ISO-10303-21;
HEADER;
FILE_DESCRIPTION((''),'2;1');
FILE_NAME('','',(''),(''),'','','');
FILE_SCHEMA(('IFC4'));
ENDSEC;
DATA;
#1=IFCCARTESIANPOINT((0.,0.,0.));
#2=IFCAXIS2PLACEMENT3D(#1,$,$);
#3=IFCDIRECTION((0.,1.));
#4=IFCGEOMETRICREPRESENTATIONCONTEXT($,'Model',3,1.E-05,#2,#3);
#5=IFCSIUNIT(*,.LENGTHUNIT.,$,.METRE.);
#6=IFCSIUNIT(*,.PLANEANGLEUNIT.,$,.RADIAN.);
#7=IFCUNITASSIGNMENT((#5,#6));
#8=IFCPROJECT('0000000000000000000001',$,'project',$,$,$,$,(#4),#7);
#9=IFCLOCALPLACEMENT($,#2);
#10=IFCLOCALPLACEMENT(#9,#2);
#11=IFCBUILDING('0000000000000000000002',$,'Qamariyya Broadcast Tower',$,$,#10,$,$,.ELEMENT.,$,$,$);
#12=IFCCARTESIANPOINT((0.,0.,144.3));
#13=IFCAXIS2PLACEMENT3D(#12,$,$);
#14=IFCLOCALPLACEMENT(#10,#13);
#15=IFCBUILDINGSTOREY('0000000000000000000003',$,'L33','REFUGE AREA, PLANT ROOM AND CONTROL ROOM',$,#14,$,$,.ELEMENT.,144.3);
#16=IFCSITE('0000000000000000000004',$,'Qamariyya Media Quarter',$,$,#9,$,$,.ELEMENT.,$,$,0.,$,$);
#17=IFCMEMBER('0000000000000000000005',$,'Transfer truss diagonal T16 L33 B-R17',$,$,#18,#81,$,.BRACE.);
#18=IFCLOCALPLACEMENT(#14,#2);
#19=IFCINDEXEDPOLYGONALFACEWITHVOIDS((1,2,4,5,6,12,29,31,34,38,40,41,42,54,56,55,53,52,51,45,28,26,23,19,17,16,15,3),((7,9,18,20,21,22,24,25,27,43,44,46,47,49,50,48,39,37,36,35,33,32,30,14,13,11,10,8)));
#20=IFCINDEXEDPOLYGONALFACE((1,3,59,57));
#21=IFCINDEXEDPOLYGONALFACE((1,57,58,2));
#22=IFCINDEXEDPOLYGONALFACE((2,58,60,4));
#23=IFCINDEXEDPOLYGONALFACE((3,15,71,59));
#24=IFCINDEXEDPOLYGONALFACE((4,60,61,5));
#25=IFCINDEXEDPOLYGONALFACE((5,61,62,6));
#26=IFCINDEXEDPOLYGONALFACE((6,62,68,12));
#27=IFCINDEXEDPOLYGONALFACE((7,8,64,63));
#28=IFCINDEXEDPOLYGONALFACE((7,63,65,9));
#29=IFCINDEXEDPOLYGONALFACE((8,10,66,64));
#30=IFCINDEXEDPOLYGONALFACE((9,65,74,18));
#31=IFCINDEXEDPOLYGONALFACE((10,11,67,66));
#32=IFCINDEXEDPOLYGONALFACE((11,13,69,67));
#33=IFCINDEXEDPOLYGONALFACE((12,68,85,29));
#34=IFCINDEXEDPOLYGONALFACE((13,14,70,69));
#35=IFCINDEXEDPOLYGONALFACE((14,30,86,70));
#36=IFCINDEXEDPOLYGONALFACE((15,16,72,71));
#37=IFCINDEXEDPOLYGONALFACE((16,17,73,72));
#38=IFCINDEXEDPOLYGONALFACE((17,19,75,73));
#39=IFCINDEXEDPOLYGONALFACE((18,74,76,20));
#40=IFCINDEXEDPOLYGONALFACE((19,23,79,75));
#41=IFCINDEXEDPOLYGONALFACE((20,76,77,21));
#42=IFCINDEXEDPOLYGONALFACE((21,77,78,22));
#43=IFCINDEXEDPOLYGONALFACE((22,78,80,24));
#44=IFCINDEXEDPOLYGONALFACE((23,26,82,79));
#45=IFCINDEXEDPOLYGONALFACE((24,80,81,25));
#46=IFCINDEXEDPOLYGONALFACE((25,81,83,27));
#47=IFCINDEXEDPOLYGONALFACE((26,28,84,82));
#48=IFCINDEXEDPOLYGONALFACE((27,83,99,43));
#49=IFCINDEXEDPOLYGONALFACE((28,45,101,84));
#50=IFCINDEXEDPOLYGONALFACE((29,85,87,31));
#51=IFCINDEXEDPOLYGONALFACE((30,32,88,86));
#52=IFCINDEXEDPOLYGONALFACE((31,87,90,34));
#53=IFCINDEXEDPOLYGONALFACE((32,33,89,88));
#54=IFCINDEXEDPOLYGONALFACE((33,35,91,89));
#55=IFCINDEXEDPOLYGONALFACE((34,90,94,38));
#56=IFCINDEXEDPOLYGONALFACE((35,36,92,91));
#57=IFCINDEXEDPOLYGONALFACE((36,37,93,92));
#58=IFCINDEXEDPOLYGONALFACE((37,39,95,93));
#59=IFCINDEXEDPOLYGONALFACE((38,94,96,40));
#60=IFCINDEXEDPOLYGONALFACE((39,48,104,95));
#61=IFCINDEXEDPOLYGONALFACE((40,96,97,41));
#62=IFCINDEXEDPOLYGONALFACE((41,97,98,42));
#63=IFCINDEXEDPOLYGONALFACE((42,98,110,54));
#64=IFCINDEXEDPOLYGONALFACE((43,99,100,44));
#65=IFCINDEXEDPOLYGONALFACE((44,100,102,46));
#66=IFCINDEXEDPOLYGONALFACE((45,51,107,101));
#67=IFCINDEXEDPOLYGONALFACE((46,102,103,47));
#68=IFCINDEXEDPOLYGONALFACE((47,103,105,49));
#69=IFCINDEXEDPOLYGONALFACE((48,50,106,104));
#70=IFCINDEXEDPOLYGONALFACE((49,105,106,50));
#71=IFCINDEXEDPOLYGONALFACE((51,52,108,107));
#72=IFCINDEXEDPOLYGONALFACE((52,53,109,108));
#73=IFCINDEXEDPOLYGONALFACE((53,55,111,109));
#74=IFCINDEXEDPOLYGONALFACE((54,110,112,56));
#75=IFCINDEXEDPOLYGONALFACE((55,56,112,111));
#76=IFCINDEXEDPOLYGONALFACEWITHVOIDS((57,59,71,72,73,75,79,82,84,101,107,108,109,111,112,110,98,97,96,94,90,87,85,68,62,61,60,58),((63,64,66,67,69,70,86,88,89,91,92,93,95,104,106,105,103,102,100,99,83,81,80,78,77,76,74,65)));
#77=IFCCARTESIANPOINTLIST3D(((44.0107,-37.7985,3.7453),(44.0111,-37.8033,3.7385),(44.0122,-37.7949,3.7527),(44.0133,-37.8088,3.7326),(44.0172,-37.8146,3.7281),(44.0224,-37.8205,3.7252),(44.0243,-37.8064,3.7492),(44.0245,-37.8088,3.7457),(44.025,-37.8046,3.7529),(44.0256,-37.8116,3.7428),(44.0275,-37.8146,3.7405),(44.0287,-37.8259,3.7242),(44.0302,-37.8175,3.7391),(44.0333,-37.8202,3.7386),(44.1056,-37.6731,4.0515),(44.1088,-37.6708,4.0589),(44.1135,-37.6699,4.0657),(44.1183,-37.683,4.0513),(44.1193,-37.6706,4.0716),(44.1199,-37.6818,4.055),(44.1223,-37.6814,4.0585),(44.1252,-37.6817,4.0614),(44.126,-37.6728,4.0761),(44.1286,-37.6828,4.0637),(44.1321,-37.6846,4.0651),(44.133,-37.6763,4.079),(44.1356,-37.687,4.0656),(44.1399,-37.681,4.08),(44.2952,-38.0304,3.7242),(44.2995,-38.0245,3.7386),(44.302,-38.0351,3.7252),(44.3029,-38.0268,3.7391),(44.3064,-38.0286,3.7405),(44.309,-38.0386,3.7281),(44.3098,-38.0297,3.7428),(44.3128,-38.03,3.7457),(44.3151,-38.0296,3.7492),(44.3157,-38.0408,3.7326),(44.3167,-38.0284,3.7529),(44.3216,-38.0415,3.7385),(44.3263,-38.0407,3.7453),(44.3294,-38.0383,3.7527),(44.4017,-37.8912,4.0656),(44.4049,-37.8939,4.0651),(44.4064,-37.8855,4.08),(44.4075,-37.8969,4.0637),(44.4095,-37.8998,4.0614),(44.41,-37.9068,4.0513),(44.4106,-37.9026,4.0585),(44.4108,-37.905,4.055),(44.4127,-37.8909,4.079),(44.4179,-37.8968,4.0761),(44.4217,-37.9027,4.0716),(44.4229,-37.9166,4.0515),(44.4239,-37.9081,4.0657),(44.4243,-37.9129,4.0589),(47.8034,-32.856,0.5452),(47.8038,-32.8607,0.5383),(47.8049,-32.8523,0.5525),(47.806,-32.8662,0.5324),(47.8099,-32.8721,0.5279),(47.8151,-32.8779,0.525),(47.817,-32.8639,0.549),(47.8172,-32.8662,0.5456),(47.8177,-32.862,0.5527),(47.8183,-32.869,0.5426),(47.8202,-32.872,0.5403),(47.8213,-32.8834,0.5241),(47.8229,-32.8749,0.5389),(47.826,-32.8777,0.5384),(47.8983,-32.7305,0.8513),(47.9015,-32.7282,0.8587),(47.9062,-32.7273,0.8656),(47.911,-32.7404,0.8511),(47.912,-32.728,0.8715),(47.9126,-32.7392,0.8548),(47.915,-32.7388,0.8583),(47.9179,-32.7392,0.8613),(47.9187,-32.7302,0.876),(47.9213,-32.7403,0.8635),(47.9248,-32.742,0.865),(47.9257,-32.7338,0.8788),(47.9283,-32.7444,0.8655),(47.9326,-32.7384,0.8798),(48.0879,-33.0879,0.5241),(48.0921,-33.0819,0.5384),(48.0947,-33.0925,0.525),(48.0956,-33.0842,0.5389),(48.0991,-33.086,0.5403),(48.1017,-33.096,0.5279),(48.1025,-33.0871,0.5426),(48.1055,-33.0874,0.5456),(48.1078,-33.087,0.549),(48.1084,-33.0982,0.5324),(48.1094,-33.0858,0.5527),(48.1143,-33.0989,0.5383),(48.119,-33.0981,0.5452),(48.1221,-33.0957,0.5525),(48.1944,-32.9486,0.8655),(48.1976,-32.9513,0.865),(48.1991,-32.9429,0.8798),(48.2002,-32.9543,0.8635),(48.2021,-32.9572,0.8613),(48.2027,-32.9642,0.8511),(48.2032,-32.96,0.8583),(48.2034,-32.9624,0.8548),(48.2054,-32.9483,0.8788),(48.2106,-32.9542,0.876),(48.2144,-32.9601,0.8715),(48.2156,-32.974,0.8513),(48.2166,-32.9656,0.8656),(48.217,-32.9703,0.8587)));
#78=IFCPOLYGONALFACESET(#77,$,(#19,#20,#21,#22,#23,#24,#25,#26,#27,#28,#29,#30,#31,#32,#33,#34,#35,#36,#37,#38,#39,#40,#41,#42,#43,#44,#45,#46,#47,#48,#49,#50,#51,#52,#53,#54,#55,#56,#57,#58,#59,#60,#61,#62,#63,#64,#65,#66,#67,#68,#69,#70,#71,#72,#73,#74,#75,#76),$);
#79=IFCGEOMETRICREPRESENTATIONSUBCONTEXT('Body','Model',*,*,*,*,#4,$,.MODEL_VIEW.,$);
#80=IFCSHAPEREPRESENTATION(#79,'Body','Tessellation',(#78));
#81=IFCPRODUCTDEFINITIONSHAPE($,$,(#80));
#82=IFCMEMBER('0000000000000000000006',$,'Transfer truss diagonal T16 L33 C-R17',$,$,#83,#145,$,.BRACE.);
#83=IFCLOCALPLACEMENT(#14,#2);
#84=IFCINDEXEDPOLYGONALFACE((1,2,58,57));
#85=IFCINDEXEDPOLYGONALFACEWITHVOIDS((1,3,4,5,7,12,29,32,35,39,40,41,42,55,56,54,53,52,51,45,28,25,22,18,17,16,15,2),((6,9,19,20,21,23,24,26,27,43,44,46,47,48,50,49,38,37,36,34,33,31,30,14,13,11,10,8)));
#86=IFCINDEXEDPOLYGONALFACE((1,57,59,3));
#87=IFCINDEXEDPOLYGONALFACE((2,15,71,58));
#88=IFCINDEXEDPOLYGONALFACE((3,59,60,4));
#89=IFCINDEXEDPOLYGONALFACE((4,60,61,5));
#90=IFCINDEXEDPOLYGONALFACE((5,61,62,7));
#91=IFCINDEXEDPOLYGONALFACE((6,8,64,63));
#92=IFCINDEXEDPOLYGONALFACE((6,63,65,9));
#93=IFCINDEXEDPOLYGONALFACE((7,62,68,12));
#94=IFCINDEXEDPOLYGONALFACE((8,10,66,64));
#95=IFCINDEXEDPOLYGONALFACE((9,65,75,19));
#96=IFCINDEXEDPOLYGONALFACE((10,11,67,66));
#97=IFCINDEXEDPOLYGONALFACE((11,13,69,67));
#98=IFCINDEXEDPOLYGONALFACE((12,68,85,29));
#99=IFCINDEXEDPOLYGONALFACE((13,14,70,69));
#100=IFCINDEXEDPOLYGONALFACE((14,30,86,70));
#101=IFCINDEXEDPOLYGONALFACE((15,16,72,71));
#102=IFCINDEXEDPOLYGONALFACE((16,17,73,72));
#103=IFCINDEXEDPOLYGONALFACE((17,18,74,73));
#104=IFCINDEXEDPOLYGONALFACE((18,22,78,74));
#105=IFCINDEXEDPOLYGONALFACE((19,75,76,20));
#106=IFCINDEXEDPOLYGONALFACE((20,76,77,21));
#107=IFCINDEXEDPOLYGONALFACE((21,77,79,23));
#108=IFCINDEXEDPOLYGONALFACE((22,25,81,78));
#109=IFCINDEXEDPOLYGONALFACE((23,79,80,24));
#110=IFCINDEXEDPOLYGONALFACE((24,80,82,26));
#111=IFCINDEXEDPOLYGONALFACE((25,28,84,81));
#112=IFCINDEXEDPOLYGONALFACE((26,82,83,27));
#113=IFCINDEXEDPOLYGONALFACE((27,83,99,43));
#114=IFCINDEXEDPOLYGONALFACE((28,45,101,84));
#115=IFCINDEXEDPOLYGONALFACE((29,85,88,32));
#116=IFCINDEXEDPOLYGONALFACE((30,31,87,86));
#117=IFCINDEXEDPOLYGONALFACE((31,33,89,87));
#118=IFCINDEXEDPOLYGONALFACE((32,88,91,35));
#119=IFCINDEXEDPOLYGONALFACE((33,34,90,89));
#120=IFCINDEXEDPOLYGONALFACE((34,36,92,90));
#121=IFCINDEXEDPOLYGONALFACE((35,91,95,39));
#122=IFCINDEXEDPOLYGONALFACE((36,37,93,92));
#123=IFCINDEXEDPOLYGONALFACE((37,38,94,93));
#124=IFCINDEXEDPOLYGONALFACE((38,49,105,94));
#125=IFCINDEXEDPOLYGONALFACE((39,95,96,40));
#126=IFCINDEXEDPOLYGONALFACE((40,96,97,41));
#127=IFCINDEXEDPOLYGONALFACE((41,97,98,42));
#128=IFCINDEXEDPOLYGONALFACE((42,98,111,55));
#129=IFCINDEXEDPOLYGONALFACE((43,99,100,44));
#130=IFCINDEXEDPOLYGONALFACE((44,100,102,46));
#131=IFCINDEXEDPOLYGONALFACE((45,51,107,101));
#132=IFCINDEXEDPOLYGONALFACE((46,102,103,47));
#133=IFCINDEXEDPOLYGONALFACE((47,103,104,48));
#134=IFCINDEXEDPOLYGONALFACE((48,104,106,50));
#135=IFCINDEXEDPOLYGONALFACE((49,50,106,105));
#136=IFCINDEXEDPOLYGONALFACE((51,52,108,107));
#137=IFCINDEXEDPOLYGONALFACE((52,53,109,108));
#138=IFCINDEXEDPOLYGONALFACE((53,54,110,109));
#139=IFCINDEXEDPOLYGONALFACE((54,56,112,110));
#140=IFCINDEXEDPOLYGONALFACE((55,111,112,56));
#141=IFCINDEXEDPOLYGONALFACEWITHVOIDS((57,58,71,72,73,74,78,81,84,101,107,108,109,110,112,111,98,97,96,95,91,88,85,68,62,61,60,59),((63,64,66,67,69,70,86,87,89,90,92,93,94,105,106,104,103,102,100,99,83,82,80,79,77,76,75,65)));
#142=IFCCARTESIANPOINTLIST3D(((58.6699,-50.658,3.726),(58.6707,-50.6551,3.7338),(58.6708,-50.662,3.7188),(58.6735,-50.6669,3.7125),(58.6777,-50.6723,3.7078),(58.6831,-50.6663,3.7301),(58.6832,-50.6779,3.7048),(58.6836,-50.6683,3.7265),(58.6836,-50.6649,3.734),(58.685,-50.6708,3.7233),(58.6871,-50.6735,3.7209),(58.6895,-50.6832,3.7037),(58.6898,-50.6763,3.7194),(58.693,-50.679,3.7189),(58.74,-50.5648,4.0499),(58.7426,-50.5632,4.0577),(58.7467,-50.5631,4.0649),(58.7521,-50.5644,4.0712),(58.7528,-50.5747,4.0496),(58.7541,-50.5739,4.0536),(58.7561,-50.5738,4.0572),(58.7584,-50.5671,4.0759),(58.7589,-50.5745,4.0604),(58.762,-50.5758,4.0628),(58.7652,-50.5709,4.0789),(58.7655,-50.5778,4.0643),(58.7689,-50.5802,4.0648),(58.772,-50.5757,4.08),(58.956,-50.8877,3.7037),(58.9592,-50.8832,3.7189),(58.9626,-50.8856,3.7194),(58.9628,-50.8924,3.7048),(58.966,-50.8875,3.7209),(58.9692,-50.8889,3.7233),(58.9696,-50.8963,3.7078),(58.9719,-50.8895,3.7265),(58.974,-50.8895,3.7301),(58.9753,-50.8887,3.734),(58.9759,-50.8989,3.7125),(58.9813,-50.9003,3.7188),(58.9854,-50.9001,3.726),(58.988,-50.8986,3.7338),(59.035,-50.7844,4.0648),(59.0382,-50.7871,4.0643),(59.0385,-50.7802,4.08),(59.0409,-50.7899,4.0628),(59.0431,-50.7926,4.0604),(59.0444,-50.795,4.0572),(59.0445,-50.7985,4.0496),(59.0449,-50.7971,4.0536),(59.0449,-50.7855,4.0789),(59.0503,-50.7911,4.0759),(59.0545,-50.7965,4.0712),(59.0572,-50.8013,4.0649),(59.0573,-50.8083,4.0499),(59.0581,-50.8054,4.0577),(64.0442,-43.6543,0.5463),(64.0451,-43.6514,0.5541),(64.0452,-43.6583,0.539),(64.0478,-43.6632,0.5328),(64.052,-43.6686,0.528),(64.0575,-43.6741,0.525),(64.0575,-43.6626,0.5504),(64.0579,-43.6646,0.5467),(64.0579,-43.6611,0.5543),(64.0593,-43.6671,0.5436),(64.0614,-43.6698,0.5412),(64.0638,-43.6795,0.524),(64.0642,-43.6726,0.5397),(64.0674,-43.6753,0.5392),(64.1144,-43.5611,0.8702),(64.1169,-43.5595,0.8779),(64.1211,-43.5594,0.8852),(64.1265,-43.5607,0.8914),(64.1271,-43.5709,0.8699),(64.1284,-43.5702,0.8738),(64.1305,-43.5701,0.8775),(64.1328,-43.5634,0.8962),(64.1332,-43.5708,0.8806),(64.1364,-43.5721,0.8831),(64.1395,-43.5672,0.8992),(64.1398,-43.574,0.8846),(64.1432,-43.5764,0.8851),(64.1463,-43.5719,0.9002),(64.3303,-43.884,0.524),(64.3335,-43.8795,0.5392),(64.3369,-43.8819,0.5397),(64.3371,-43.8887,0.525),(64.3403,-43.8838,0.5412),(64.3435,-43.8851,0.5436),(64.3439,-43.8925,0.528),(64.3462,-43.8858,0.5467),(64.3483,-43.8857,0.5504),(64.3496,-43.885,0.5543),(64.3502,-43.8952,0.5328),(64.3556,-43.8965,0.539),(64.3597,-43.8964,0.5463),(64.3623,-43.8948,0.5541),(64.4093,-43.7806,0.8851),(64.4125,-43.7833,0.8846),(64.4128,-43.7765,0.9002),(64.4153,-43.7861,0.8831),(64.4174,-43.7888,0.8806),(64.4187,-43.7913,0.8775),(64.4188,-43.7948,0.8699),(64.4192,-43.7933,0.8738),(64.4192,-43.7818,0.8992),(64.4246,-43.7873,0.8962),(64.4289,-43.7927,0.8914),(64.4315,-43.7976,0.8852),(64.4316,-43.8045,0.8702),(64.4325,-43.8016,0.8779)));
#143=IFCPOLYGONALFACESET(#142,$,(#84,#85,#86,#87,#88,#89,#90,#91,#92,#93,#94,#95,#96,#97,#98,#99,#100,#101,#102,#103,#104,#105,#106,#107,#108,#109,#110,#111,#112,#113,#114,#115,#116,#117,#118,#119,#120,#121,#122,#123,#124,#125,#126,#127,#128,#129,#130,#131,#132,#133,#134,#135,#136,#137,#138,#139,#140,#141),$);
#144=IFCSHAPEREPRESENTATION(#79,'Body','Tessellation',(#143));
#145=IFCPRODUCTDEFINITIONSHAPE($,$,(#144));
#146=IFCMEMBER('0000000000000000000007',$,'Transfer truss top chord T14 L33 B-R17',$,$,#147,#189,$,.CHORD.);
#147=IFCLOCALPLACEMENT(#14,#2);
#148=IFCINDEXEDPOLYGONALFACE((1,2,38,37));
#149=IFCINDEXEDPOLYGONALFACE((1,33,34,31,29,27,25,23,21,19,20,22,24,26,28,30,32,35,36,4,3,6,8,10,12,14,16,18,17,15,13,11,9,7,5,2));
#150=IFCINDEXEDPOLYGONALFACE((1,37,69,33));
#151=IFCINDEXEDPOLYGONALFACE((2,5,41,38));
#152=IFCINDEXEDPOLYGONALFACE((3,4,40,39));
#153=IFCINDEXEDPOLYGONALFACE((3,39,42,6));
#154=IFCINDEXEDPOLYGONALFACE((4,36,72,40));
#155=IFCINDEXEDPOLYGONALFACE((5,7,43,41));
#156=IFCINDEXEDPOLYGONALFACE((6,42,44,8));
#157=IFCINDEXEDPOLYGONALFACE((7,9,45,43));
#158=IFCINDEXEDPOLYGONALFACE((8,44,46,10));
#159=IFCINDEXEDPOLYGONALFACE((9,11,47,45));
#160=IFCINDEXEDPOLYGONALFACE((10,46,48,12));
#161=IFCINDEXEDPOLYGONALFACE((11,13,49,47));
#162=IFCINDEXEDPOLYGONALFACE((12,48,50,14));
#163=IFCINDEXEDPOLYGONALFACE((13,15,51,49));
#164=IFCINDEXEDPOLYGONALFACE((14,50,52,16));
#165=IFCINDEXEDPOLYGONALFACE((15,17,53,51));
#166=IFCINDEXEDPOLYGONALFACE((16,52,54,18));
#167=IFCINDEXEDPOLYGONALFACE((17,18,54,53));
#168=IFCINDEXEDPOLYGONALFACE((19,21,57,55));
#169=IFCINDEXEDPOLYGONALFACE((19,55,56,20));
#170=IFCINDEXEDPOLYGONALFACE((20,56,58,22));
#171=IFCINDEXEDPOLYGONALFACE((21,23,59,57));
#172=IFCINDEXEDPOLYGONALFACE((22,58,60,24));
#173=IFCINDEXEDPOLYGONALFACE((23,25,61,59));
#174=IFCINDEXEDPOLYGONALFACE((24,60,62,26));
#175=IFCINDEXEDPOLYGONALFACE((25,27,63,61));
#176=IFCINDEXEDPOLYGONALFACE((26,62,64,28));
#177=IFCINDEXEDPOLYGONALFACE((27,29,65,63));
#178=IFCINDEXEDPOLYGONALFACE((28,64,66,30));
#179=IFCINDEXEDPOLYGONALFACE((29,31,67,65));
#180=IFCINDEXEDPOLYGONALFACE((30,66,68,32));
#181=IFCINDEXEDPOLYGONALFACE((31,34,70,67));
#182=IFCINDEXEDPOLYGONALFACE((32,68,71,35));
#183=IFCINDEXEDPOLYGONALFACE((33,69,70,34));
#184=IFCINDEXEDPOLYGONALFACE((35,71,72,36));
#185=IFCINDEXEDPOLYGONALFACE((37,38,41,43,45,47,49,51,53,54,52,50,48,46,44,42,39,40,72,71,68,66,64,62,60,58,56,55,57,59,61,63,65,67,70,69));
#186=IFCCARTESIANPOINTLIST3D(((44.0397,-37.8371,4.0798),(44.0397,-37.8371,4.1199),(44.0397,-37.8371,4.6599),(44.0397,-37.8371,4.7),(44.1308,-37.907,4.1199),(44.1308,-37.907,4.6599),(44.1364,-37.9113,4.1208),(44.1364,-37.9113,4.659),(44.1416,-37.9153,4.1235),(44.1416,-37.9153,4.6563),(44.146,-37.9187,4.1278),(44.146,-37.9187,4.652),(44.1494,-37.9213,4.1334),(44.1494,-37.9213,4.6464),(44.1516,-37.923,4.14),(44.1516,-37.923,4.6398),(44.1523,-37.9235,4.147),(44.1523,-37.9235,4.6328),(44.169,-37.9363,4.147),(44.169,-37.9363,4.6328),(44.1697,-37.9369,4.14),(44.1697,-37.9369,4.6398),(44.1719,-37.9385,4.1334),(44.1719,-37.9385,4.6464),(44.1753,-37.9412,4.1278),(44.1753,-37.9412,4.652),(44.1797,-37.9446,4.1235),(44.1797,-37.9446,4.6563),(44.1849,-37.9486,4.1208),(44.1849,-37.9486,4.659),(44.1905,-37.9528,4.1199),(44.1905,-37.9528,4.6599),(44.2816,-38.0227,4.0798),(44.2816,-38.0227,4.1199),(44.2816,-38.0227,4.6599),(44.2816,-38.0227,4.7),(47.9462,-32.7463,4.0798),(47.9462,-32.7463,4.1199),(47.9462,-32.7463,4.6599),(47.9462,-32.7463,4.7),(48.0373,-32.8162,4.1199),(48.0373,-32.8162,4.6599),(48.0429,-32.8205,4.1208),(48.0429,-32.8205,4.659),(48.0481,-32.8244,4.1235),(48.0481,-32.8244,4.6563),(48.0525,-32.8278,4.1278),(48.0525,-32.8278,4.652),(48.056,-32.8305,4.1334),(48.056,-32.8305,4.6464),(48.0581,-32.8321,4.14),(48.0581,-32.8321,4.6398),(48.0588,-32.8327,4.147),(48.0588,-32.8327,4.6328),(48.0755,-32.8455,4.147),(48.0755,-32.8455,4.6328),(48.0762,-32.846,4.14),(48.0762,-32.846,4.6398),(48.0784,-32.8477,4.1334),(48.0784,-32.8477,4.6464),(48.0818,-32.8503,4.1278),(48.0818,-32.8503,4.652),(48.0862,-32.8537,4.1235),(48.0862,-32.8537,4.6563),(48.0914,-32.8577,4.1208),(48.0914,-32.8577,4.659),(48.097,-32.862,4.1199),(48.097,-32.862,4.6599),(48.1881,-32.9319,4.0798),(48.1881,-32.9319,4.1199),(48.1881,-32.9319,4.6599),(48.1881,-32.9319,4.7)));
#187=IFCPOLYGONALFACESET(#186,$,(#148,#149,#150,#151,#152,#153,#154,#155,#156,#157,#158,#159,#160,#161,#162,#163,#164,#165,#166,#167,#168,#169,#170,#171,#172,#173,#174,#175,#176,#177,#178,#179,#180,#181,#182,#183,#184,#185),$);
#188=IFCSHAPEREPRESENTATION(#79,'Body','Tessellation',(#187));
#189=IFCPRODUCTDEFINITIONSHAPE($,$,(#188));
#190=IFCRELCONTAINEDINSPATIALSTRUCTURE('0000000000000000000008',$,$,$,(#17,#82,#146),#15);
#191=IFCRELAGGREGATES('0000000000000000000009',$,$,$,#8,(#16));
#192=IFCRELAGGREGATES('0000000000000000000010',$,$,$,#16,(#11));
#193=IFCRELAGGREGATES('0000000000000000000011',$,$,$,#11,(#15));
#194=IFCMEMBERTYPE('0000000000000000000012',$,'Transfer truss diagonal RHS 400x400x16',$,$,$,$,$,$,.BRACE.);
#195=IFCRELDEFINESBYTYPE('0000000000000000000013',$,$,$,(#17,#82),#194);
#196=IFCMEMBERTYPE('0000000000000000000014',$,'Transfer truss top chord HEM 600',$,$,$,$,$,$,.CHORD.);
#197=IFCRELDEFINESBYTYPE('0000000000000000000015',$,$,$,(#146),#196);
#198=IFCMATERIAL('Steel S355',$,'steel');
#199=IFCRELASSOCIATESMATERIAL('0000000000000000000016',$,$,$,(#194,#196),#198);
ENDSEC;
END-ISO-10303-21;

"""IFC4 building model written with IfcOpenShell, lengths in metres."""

from ifc_helpers import new_model, si_unit, direction, frame, origin, origin_2d, place, context, subcontext, project, spatial, hollow_rectangle, i_section, extrude, material, material_profile, profile_set, type_object, element, save


model = new_model("IFC4")

# Units and contexts
model_context = context("Model", 3, precision=1e-05, world=origin(), true_north=direction((0.0, 1.0)))
body_context = subcontext(model_context, "Body", "Model", "MODEL_VIEW")
ifc_project = project(units=[si_unit("LENGTHUNIT", "METRE"), si_unit("PLANEANGLEUNIT", "RADIAN")], contexts=[model_context])

# Site, building, storey
site_placement = place(None, origin())
site = spatial("IfcSite", under=ifc_project, at=site_placement, Name="Qamariyya Media Quarter", CompositionType="ELEMENT", RefElevation=0.0)
building_placement = place(site_placement, origin())
building = spatial("IfcBuilding", under=site, at=building_placement, Name="Qamariyya Broadcast Tower", CompositionType="ELEMENT")
storey_placement = place(building_placement, frame((0.0, 0.0, 144.3)))
storey = spatial("IfcBuildingStorey", under=building, at=storey_placement, Name="L33", Description="REFUGE AREA, PLANT ROOM AND CONTROL ROOM", CompositionType="ELEMENT", Elevation=144.3)

# Members
ifc_material_1 = material(Name="Steel S355", Category="steel")
ifc_material_profile_1 = material_profile(ifc_material_1, hollow_rectangle(XDim=0.3999, YDim=0.3999, WallThickness=0.0161, InnerFilletRadius=0.0161, OuterFilletRadius=0.032, at=origin_2d()))
ifc_profile_set_1 = profile_set([ifc_material_profile_1], Name="Steel S355")
member_type_1 = type_object("IfcMemberType", Name="Transfer truss diagonal RHS 400x400x16", PredefinedType="BRACE", material=ifc_profile_set_1)
member_1_placement = place(storey_placement, frame((44.2175, -37.8557, 3.9021), z_axis=(0.541511, 0.70569, -0.456912), x_axis=(-0.793345, 0.608773, 0.0)))
element("IfcMember", 1, at=member_1_placement, inside=storey, type_object=member_type_1, Name="Transfer truss diagonal T16 L33 B-R17", PredefinedType="BRACE", context=body_context, shape_type="SweptSolid", body=[
    extrude(hollow_rectangle(XDim=0.3999, YDim=0.3999, WallThickness=0.0161, InnerFilletRadius=0.0161, OuterFilletRadius=0.032, at=origin_2d()), origin(), (0.0, 0.0, 1.0), 7.0039),
])
member_2_placement = place(storey_placement, frame((58.864, -50.7317, 3.8918), z_axis=(0.572754, 0.746404, -0.33887), x_axis=(-0.793344, 0.608773, 0.0)))
element("IfcMember", 2, at=member_2_placement, inside=storey, type_object=member_type_1, Name="Transfer truss diagonal T16 L33 C-R17", PredefinedType="BRACE", context=body_context, shape_type="SweptSolid", body=[
    extrude(hollow_rectangle(XDim=0.3999, YDim=0.3999, WallThickness=0.0161, InnerFilletRadius=0.0161, OuterFilletRadius=0.032, at=origin_2d()), origin(), (0.0, 0.0, 1.0), 9.3833),
])
ifc_material_profile_2 = material_profile(ifc_material_1, i_section(OverallWidth=0.3049, OverallDepth=0.6201, WebThickness=0.021, FlangeThickness=0.04, FilletRadius=0.0271, at=origin_2d()))
ifc_profile_set_2 = profile_set([ifc_material_profile_2], Name="Steel S355")
member_type_2 = type_object("IfcMemberType", Name="Transfer truss top chord HEM 600", PredefinedType="CHORD", material=ifc_profile_set_2)
member_3_placement = place(storey_placement, frame((44.1606, -37.9299, 4.3899), z_axis=(0.608778, 0.793341, 0.0), x_axis=(-0.793341, 0.608778, 0.0)))
element("IfcMember", 3, at=member_3_placement, inside=storey, type_object=member_type_2, Name="Transfer truss top chord T14 L33 B-R17", PredefinedType="CHORD", context=body_context, shape_type="SweptSolid", body=[
    extrude(i_section(OverallWidth=0.3049, OverallDepth=0.6201, WebThickness=0.021, FlangeThickness=0.04, FilletRadius=0.0271, at=origin_2d()), origin(), (0.0, 0.0, 1.0), 6.417),
])

save(model, "model.ifc")
